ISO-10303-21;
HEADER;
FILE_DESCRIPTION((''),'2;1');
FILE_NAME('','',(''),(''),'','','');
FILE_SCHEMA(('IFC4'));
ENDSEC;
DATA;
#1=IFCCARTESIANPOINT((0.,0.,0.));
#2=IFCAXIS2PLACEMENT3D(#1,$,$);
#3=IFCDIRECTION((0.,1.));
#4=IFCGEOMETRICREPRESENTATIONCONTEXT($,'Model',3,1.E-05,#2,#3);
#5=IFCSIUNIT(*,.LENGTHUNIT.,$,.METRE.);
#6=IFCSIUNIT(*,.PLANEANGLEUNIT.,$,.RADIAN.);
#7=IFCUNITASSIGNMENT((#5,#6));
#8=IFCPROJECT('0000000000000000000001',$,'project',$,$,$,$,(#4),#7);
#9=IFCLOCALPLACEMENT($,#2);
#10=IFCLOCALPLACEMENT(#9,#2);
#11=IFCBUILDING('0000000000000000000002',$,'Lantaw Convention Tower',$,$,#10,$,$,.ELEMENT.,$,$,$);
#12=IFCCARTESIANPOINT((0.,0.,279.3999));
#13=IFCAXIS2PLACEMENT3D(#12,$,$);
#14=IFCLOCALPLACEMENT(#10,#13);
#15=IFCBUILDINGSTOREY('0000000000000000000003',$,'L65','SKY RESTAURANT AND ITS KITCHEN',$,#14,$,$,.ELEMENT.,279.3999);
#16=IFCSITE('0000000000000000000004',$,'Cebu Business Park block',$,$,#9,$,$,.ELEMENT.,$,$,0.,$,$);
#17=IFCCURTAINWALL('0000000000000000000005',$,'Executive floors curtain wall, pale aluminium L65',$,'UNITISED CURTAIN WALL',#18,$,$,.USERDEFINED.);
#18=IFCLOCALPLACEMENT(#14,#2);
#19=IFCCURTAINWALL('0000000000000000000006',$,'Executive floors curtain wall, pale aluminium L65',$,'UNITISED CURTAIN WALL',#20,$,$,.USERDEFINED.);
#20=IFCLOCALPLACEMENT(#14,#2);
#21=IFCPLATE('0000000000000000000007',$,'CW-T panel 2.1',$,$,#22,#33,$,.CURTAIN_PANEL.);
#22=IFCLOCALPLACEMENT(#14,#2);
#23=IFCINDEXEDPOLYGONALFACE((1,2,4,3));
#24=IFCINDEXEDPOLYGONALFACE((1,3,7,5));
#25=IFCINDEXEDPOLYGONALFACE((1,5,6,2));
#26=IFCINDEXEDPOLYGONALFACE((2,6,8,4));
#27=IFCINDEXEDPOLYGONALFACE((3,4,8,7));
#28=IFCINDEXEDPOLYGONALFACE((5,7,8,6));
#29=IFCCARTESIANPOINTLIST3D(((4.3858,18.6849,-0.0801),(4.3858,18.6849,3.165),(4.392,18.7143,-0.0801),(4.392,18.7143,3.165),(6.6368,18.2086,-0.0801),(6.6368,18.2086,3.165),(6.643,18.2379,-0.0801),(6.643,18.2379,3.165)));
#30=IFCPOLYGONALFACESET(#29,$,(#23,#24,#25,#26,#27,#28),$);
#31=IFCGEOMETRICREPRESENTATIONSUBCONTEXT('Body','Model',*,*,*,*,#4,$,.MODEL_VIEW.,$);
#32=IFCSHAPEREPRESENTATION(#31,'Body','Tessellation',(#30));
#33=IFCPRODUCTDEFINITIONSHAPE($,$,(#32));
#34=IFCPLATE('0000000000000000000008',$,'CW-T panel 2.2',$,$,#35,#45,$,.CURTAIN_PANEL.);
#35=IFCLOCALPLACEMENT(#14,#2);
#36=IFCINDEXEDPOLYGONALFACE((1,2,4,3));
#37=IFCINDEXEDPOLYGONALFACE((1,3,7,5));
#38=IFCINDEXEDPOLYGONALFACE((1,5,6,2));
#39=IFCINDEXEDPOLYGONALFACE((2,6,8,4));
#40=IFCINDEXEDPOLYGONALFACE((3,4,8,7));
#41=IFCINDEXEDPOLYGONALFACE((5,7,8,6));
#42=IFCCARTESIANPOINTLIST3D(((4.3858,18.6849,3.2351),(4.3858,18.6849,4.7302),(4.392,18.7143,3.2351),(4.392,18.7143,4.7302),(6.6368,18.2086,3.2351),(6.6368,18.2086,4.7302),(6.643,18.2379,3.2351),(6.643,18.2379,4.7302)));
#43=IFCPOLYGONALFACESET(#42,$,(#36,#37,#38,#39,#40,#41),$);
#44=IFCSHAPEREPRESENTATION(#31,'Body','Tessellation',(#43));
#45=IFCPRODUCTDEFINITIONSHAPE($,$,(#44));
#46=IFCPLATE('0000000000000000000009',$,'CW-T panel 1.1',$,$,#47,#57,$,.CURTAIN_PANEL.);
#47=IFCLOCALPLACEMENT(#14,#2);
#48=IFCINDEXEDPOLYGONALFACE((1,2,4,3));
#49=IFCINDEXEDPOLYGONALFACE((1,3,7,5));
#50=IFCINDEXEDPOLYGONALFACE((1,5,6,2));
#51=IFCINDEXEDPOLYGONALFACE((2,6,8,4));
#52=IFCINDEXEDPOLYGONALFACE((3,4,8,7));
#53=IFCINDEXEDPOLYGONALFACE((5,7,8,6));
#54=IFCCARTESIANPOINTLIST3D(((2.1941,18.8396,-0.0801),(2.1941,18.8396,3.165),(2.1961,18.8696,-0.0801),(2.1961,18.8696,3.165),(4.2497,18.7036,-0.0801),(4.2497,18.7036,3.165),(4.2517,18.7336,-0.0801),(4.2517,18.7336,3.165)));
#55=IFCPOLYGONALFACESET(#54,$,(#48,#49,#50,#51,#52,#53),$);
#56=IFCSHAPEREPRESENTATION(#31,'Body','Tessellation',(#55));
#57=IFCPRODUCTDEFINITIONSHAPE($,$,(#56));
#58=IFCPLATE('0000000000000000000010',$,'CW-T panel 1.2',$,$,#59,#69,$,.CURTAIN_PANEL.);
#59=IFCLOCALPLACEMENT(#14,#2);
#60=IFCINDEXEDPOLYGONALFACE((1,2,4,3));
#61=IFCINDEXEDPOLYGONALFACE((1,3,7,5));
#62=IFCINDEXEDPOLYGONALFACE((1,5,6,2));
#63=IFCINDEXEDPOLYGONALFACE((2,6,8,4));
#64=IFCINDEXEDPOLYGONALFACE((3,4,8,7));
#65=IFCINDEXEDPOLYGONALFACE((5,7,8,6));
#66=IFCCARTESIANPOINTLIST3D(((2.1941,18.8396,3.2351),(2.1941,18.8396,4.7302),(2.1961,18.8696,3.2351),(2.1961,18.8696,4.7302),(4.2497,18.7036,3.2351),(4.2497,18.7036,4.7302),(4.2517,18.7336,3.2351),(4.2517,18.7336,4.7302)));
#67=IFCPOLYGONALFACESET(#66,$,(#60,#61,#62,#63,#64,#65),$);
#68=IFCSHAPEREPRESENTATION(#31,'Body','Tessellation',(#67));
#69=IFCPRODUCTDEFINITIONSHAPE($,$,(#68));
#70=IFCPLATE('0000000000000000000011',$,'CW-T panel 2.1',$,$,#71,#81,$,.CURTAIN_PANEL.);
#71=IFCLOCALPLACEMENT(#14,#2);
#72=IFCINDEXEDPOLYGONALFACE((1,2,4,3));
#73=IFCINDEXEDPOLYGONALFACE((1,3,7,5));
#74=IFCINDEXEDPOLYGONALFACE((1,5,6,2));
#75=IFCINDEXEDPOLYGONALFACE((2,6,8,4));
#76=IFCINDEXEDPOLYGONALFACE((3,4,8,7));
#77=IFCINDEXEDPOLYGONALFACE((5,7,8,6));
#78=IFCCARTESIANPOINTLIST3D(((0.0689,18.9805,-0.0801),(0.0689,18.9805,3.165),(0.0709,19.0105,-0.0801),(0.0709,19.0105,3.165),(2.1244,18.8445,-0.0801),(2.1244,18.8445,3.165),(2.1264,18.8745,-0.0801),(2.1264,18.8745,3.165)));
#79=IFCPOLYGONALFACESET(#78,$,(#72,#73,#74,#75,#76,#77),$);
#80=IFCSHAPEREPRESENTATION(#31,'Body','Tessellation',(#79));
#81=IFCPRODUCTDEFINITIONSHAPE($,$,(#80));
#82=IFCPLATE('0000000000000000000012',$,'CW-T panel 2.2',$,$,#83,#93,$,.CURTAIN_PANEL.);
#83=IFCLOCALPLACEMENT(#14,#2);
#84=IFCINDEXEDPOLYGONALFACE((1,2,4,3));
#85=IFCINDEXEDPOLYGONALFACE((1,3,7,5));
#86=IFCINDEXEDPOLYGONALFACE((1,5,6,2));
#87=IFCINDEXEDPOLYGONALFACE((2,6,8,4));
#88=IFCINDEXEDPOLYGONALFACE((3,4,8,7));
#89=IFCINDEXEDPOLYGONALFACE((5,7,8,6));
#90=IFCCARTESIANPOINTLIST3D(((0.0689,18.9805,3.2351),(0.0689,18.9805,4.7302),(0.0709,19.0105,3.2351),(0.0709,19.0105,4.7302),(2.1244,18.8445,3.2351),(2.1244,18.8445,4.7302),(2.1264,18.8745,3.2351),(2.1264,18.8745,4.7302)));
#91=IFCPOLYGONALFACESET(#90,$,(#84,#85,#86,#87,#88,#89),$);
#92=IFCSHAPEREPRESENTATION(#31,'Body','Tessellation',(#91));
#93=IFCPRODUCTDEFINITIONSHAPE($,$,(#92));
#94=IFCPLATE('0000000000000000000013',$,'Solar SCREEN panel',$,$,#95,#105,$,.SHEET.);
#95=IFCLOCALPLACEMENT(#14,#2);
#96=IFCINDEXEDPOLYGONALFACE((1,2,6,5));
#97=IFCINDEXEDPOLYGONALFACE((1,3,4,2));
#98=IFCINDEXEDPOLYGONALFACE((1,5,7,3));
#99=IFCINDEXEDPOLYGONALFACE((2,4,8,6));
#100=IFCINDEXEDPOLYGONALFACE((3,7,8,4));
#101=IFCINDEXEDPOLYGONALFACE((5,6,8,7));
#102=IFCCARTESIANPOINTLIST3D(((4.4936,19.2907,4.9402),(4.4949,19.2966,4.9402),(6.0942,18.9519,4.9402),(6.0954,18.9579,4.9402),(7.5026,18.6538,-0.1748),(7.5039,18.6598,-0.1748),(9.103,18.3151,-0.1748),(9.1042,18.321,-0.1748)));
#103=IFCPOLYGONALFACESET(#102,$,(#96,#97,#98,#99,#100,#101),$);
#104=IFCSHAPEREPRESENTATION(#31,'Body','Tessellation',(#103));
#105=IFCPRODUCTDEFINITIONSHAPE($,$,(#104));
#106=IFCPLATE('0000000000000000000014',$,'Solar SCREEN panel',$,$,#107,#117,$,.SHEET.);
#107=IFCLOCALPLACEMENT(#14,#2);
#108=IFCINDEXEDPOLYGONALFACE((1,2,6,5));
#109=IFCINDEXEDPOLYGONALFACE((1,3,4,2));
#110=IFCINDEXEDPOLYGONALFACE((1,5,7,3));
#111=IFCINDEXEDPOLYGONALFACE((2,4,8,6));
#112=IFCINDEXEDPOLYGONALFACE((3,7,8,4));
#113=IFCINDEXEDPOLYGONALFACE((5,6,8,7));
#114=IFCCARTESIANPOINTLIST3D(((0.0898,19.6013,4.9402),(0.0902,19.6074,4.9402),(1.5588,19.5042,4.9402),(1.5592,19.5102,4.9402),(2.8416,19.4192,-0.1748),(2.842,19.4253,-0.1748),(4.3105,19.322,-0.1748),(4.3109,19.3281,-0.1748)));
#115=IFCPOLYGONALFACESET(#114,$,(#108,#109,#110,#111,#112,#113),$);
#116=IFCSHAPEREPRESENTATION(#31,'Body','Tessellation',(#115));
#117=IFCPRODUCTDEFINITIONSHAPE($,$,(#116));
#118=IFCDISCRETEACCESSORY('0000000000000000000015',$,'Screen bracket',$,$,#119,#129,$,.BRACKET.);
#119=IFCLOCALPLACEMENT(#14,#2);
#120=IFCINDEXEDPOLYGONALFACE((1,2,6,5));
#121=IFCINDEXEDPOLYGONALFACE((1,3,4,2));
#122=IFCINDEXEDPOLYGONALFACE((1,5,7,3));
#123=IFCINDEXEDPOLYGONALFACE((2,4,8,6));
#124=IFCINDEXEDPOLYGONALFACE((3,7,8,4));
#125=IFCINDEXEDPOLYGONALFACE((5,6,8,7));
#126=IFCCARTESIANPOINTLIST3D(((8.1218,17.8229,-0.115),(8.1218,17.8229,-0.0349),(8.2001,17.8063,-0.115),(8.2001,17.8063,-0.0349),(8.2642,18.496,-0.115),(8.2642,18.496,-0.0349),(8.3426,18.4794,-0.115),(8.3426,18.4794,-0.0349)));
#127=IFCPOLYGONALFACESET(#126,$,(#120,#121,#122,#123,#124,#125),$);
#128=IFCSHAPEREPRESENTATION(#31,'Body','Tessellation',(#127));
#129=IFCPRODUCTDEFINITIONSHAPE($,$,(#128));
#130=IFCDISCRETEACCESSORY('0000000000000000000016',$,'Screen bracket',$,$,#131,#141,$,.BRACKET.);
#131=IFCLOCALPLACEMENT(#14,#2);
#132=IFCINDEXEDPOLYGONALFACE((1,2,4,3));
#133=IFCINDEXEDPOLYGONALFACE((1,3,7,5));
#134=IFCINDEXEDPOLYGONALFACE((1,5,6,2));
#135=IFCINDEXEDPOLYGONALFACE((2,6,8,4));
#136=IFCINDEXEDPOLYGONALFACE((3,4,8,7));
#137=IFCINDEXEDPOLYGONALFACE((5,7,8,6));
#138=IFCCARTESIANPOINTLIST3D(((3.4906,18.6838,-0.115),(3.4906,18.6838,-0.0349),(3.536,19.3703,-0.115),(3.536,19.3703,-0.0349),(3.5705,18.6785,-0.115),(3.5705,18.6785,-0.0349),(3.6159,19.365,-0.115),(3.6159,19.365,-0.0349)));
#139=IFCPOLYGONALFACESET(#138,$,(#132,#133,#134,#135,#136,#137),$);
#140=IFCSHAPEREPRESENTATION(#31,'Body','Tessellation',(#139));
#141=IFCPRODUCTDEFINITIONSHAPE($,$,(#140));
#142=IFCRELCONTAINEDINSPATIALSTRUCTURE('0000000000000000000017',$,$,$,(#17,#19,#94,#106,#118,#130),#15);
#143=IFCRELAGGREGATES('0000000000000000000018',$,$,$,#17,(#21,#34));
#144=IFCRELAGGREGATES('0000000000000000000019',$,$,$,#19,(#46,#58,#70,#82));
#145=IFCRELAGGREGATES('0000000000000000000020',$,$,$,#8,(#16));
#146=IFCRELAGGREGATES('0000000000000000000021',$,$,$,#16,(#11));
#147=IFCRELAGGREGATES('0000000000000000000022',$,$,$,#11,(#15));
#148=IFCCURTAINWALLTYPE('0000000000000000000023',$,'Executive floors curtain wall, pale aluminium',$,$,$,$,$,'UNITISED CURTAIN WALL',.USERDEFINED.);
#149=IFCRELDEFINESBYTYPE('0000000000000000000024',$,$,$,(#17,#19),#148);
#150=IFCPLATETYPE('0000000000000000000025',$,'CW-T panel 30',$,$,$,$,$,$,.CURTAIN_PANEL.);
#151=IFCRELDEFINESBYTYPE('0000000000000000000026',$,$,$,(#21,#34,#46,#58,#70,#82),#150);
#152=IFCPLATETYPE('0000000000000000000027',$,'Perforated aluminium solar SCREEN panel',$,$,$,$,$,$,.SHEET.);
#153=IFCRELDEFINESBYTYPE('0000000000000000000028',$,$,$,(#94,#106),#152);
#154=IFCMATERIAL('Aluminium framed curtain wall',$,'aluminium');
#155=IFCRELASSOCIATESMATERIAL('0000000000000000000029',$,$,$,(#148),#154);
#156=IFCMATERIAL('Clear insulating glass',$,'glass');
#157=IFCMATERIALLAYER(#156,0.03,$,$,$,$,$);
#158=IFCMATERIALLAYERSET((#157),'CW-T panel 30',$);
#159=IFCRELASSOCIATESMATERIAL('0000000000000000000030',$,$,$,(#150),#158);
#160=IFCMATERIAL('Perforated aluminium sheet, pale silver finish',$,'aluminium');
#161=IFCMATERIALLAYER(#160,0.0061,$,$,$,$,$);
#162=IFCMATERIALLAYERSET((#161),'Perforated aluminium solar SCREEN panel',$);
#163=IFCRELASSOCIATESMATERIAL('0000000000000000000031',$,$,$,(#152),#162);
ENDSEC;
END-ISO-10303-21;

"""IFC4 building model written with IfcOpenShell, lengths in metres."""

from ifc_helpers import new_model, si_unit, direction, frame, origin, origin_2d, place, context, subcontext, project, spatial, polyline, rectangle, outline, extrude, material, layer, layer_set, type_object, element, aggregate, save


model = new_model("IFC4")

# Units and contexts
model_context = context("Model", 3, precision=1e-05, world=origin(), true_north=direction((0.0, 1.0)))
body_context = subcontext(model_context, "Body", "Model", "MODEL_VIEW")
ifc_project = project(units=[si_unit("LENGTHUNIT", "METRE"), si_unit("PLANEANGLEUNIT", "RADIAN")], contexts=[model_context])

# Site, building, storey
site_placement = place(None, origin())
site = spatial("IfcSite", under=ifc_project, at=site_placement, Name="Cebu Business Park block", CompositionType="ELEMENT", RefElevation=0.0)
building_placement = place(site_placement, origin())
building = spatial("IfcBuilding", under=site, at=building_placement, Name="Lantaw Convention Tower", CompositionType="ELEMENT")
storey_placement = place(building_placement, frame((0.0, 0.0, 279.3999)))
storey = spatial("IfcBuildingStorey", under=building, at=storey_placement, Name="L65", Description="SKY RESTAURANT AND ITS KITCHEN", CompositionType="ELEMENT", Elevation=279.3999)

# Shared definitions
ifc_material_1 = material(Name="Aluminium framed curtain wall", Category="aluminium")
curtain_wall_type = type_object("IfcCurtainWallType", Name="Executive floors curtain wall, pale aluminium", ElementType="UNITISED CURTAIN WALL", PredefinedType="USERDEFINED", material=ifc_material_1)

# Curtain walls
curtain_wall_1_placement = place(storey_placement, origin())
curtain_wall_1 = element("IfcCurtainWall", 1, at=curtain_wall_1_placement, inside=storey, type_object=curtain_wall_type, Name="Executive floors curtain wall, pale aluminium L65", ObjectType="UNITISED CURTAIN WALL", PredefinedType="USERDEFINED")
curtain_wall_2_placement = place(storey_placement, origin())
curtain_wall_2 = element("IfcCurtainWall", 2, at=curtain_wall_2_placement, inside=storey, type_object=curtain_wall_type, Name="Executive floors curtain wall, pale aluminium L65", ObjectType="UNITISED CURTAIN WALL", PredefinedType="USERDEFINED")

# Plates
ifc_material_2 = material(Name="Clear insulating glass", Category="glass")
ifc_layer_1 = layer(ifc_material_2, 0.03)
ifc_layer_set_1 = layer_set([ifc_layer_1], Name="CW-T panel 30")
plate_type_1 = type_object("IfcPlateType", Name="CW-T panel 30", PredefinedType="CURTAIN_PANEL", material=ifc_layer_set_1)
plate_1_placement = place(storey_placement, frame((5.5144, 18.4614, -0.0801), z_axis=(0.0, 0.0, 1.0), x_axis=(-0.978332, 0.20704, 0.0)))
plate_1 = element("IfcPlate", 3, at=plate_1_placement, type_object=plate_type_1, Name="CW-T panel 2.1", PredefinedType="CURTAIN_PANEL", context=body_context, shape_type="SweptSolid", body=[
    extrude(rectangle(XDim=2.3008, YDim=0.03, at=origin_2d()), origin(), (0.0, 0.0, 1.0), 3.2451),
])
plate_2_placement = place(storey_placement, frame((5.5144, 18.4614, 3.2351), z_axis=(0.0, 0.0, 1.0), x_axis=(-0.978332, 0.20704, 0.0)))
plate_2 = element("IfcPlate", 4, at=plate_2_placement, type_object=plate_type_1, Name="CW-T panel 2.2", PredefinedType="CURTAIN_PANEL", context=body_context, shape_type="SweptSolid", body=[
    extrude(rectangle(XDim=2.3008, YDim=0.03, at=origin_2d()), origin(), (0.0, 0.0, 1.0), 1.4951),
])
aggregate(curtain_wall_1, [plate_1, plate_2])
plate_3_placement = place(storey_placement, frame((3.2229, 18.7866, -0.0801), z_axis=(0.0, 0.0, 1.0), x_axis=(-0.997818, 0.066025, 0.0)))
plate_3 = element("IfcPlate", 5, at=plate_3_placement, type_object=plate_type_1, Name="CW-T panel 1.1", PredefinedType="CURTAIN_PANEL", context=body_context, shape_type="SweptSolid", body=[
    extrude(rectangle(XDim=2.0601, YDim=0.03, at=origin_2d()), origin(), (0.0, 0.0, 1.0), 3.2451),
])
plate_4_placement = place(storey_placement, frame((3.2229, 18.7866, 3.2351), z_axis=(0.0, 0.0, 1.0), x_axis=(-0.997818, 0.066025, 0.0)))
plate_4 = element("IfcPlate", 6, at=plate_4_placement, type_object=plate_type_1, Name="CW-T panel 1.2", PredefinedType="CURTAIN_PANEL", context=body_context, shape_type="SweptSolid", body=[
    extrude(rectangle(XDim=2.0601, YDim=0.03, at=origin_2d()), origin(), (0.0, 0.0, 1.0), 1.4951),
])
plate_5_placement = place(storey_placement, frame((1.0977, 18.9275, -0.0801), z_axis=(0.0, 0.0, 1.0), x_axis=(-0.997818, 0.066025, 0.0)))
plate_5 = element("IfcPlate", 7, at=plate_5_placement, type_object=plate_type_1, Name="CW-T panel 2.1", PredefinedType="CURTAIN_PANEL", context=body_context, shape_type="SweptSolid", body=[
    extrude(rectangle(XDim=2.0601, YDim=0.03, at=origin_2d()), origin(), (0.0, 0.0, 1.0), 3.2451),
])
plate_6_placement = place(storey_placement, frame((1.0977, 18.9275, 3.2351), z_axis=(0.0, 0.0, 1.0), x_axis=(-0.997818, 0.066025, 0.0)))
plate_6 = element("IfcPlate", 8, at=plate_6_placement, type_object=plate_type_1, Name="CW-T panel 2.2", PredefinedType="CURTAIN_PANEL", context=body_context, shape_type="SweptSolid", body=[
    extrude(rectangle(XDim=2.0601, YDim=0.03, at=origin_2d()), origin(), (0.0, 0.0, 1.0), 1.4951),
])
aggregate(curtain_wall_2, [plate_3, plate_4, plate_5, plate_6])

# Plates
ifc_material_3 = material(Name="Perforated aluminium sheet, pale silver finish", Category="aluminium")
ifc_layer_2 = layer(ifc_material_3, 0.0061)
ifc_layer_set_2 = layer_set([ifc_layer_2], Name="Perforated aluminium solar SCREEN panel")
plate_type_2 = type_object("IfcPlateType", Name="Perforated aluminium solar SCREEN panel", PredefinedType="SHEET", material=ifc_layer_set_2)
plate_7_placement = place(storey_placement, frame((9.1042, 18.321, -0.1748), z_axis=(0.207067, 0.978327, 0.000002), x_axis=(-0.978327, 0.207067, 0.0)))
element("IfcPlate", 9, at=plate_7_placement, inside=storey, type_object=plate_type_2, Name="Solar SCREEN panel", PredefinedType="SHEET", context=body_context, shape_type="SweptSolid", body=[
    extrude(outline(polyline([(0.0, 0.0), (1.6358, 0.0), (4.7115, 5.115), (3.0755, 5.115), (0.0, 0.0)])), origin(), (0.0, 0.0, -1.0), 0.0061),
])
plate_8_placement = place(storey_placement, frame((4.3105, 19.322, -0.1748), z_axis=(-0.066002, -0.99782, 0.000022), x_axis=(-0.99782, 0.066002, 0.0)))
element("IfcPlate", 10, at=plate_8_placement, inside=storey, type_object=plate_type_2, Name="Solar SCREEN panel", PredefinedType="SHEET", context=body_context, shape_type="SweptSolid", body=[
    extrude(outline(polyline([(0.0, 0.0), (1.4722, 0.0), (4.2299, -5.115), (2.7577, -5.115), (0.0, 0.0)])), origin(), (0.0, 0.0, -1.0), 0.0061),
])

# Discrete accessories
for number, where, z_axis, x_axis, name in (
    (11, (8.2322, 18.1511, -0.115), (0.0, 0.0, 1.0), (-0.978332, 0.20704, 0.0), "Screen bracket"),
    (12, (3.5532, 19.0244, -0.115), (0.0, 0.0, 1.0), (-0.997818, 0.066025, 0.0), "Screen bracket"),
):
    element("IfcDiscreteAccessory", number, at=place(storey_placement, frame(where, z_axis=z_axis, x_axis=x_axis)), inside=storey, Name=name, PredefinedType="BRACKET", context=body_context, shape_type="SweptSolid", body=[
        extrude(rectangle(XDim=0.0801, YDim=0.688, at=origin_2d()), origin(), (0.0, 0.0, 1.0), 0.0801),
    ])

save(model, "model.ifc")
